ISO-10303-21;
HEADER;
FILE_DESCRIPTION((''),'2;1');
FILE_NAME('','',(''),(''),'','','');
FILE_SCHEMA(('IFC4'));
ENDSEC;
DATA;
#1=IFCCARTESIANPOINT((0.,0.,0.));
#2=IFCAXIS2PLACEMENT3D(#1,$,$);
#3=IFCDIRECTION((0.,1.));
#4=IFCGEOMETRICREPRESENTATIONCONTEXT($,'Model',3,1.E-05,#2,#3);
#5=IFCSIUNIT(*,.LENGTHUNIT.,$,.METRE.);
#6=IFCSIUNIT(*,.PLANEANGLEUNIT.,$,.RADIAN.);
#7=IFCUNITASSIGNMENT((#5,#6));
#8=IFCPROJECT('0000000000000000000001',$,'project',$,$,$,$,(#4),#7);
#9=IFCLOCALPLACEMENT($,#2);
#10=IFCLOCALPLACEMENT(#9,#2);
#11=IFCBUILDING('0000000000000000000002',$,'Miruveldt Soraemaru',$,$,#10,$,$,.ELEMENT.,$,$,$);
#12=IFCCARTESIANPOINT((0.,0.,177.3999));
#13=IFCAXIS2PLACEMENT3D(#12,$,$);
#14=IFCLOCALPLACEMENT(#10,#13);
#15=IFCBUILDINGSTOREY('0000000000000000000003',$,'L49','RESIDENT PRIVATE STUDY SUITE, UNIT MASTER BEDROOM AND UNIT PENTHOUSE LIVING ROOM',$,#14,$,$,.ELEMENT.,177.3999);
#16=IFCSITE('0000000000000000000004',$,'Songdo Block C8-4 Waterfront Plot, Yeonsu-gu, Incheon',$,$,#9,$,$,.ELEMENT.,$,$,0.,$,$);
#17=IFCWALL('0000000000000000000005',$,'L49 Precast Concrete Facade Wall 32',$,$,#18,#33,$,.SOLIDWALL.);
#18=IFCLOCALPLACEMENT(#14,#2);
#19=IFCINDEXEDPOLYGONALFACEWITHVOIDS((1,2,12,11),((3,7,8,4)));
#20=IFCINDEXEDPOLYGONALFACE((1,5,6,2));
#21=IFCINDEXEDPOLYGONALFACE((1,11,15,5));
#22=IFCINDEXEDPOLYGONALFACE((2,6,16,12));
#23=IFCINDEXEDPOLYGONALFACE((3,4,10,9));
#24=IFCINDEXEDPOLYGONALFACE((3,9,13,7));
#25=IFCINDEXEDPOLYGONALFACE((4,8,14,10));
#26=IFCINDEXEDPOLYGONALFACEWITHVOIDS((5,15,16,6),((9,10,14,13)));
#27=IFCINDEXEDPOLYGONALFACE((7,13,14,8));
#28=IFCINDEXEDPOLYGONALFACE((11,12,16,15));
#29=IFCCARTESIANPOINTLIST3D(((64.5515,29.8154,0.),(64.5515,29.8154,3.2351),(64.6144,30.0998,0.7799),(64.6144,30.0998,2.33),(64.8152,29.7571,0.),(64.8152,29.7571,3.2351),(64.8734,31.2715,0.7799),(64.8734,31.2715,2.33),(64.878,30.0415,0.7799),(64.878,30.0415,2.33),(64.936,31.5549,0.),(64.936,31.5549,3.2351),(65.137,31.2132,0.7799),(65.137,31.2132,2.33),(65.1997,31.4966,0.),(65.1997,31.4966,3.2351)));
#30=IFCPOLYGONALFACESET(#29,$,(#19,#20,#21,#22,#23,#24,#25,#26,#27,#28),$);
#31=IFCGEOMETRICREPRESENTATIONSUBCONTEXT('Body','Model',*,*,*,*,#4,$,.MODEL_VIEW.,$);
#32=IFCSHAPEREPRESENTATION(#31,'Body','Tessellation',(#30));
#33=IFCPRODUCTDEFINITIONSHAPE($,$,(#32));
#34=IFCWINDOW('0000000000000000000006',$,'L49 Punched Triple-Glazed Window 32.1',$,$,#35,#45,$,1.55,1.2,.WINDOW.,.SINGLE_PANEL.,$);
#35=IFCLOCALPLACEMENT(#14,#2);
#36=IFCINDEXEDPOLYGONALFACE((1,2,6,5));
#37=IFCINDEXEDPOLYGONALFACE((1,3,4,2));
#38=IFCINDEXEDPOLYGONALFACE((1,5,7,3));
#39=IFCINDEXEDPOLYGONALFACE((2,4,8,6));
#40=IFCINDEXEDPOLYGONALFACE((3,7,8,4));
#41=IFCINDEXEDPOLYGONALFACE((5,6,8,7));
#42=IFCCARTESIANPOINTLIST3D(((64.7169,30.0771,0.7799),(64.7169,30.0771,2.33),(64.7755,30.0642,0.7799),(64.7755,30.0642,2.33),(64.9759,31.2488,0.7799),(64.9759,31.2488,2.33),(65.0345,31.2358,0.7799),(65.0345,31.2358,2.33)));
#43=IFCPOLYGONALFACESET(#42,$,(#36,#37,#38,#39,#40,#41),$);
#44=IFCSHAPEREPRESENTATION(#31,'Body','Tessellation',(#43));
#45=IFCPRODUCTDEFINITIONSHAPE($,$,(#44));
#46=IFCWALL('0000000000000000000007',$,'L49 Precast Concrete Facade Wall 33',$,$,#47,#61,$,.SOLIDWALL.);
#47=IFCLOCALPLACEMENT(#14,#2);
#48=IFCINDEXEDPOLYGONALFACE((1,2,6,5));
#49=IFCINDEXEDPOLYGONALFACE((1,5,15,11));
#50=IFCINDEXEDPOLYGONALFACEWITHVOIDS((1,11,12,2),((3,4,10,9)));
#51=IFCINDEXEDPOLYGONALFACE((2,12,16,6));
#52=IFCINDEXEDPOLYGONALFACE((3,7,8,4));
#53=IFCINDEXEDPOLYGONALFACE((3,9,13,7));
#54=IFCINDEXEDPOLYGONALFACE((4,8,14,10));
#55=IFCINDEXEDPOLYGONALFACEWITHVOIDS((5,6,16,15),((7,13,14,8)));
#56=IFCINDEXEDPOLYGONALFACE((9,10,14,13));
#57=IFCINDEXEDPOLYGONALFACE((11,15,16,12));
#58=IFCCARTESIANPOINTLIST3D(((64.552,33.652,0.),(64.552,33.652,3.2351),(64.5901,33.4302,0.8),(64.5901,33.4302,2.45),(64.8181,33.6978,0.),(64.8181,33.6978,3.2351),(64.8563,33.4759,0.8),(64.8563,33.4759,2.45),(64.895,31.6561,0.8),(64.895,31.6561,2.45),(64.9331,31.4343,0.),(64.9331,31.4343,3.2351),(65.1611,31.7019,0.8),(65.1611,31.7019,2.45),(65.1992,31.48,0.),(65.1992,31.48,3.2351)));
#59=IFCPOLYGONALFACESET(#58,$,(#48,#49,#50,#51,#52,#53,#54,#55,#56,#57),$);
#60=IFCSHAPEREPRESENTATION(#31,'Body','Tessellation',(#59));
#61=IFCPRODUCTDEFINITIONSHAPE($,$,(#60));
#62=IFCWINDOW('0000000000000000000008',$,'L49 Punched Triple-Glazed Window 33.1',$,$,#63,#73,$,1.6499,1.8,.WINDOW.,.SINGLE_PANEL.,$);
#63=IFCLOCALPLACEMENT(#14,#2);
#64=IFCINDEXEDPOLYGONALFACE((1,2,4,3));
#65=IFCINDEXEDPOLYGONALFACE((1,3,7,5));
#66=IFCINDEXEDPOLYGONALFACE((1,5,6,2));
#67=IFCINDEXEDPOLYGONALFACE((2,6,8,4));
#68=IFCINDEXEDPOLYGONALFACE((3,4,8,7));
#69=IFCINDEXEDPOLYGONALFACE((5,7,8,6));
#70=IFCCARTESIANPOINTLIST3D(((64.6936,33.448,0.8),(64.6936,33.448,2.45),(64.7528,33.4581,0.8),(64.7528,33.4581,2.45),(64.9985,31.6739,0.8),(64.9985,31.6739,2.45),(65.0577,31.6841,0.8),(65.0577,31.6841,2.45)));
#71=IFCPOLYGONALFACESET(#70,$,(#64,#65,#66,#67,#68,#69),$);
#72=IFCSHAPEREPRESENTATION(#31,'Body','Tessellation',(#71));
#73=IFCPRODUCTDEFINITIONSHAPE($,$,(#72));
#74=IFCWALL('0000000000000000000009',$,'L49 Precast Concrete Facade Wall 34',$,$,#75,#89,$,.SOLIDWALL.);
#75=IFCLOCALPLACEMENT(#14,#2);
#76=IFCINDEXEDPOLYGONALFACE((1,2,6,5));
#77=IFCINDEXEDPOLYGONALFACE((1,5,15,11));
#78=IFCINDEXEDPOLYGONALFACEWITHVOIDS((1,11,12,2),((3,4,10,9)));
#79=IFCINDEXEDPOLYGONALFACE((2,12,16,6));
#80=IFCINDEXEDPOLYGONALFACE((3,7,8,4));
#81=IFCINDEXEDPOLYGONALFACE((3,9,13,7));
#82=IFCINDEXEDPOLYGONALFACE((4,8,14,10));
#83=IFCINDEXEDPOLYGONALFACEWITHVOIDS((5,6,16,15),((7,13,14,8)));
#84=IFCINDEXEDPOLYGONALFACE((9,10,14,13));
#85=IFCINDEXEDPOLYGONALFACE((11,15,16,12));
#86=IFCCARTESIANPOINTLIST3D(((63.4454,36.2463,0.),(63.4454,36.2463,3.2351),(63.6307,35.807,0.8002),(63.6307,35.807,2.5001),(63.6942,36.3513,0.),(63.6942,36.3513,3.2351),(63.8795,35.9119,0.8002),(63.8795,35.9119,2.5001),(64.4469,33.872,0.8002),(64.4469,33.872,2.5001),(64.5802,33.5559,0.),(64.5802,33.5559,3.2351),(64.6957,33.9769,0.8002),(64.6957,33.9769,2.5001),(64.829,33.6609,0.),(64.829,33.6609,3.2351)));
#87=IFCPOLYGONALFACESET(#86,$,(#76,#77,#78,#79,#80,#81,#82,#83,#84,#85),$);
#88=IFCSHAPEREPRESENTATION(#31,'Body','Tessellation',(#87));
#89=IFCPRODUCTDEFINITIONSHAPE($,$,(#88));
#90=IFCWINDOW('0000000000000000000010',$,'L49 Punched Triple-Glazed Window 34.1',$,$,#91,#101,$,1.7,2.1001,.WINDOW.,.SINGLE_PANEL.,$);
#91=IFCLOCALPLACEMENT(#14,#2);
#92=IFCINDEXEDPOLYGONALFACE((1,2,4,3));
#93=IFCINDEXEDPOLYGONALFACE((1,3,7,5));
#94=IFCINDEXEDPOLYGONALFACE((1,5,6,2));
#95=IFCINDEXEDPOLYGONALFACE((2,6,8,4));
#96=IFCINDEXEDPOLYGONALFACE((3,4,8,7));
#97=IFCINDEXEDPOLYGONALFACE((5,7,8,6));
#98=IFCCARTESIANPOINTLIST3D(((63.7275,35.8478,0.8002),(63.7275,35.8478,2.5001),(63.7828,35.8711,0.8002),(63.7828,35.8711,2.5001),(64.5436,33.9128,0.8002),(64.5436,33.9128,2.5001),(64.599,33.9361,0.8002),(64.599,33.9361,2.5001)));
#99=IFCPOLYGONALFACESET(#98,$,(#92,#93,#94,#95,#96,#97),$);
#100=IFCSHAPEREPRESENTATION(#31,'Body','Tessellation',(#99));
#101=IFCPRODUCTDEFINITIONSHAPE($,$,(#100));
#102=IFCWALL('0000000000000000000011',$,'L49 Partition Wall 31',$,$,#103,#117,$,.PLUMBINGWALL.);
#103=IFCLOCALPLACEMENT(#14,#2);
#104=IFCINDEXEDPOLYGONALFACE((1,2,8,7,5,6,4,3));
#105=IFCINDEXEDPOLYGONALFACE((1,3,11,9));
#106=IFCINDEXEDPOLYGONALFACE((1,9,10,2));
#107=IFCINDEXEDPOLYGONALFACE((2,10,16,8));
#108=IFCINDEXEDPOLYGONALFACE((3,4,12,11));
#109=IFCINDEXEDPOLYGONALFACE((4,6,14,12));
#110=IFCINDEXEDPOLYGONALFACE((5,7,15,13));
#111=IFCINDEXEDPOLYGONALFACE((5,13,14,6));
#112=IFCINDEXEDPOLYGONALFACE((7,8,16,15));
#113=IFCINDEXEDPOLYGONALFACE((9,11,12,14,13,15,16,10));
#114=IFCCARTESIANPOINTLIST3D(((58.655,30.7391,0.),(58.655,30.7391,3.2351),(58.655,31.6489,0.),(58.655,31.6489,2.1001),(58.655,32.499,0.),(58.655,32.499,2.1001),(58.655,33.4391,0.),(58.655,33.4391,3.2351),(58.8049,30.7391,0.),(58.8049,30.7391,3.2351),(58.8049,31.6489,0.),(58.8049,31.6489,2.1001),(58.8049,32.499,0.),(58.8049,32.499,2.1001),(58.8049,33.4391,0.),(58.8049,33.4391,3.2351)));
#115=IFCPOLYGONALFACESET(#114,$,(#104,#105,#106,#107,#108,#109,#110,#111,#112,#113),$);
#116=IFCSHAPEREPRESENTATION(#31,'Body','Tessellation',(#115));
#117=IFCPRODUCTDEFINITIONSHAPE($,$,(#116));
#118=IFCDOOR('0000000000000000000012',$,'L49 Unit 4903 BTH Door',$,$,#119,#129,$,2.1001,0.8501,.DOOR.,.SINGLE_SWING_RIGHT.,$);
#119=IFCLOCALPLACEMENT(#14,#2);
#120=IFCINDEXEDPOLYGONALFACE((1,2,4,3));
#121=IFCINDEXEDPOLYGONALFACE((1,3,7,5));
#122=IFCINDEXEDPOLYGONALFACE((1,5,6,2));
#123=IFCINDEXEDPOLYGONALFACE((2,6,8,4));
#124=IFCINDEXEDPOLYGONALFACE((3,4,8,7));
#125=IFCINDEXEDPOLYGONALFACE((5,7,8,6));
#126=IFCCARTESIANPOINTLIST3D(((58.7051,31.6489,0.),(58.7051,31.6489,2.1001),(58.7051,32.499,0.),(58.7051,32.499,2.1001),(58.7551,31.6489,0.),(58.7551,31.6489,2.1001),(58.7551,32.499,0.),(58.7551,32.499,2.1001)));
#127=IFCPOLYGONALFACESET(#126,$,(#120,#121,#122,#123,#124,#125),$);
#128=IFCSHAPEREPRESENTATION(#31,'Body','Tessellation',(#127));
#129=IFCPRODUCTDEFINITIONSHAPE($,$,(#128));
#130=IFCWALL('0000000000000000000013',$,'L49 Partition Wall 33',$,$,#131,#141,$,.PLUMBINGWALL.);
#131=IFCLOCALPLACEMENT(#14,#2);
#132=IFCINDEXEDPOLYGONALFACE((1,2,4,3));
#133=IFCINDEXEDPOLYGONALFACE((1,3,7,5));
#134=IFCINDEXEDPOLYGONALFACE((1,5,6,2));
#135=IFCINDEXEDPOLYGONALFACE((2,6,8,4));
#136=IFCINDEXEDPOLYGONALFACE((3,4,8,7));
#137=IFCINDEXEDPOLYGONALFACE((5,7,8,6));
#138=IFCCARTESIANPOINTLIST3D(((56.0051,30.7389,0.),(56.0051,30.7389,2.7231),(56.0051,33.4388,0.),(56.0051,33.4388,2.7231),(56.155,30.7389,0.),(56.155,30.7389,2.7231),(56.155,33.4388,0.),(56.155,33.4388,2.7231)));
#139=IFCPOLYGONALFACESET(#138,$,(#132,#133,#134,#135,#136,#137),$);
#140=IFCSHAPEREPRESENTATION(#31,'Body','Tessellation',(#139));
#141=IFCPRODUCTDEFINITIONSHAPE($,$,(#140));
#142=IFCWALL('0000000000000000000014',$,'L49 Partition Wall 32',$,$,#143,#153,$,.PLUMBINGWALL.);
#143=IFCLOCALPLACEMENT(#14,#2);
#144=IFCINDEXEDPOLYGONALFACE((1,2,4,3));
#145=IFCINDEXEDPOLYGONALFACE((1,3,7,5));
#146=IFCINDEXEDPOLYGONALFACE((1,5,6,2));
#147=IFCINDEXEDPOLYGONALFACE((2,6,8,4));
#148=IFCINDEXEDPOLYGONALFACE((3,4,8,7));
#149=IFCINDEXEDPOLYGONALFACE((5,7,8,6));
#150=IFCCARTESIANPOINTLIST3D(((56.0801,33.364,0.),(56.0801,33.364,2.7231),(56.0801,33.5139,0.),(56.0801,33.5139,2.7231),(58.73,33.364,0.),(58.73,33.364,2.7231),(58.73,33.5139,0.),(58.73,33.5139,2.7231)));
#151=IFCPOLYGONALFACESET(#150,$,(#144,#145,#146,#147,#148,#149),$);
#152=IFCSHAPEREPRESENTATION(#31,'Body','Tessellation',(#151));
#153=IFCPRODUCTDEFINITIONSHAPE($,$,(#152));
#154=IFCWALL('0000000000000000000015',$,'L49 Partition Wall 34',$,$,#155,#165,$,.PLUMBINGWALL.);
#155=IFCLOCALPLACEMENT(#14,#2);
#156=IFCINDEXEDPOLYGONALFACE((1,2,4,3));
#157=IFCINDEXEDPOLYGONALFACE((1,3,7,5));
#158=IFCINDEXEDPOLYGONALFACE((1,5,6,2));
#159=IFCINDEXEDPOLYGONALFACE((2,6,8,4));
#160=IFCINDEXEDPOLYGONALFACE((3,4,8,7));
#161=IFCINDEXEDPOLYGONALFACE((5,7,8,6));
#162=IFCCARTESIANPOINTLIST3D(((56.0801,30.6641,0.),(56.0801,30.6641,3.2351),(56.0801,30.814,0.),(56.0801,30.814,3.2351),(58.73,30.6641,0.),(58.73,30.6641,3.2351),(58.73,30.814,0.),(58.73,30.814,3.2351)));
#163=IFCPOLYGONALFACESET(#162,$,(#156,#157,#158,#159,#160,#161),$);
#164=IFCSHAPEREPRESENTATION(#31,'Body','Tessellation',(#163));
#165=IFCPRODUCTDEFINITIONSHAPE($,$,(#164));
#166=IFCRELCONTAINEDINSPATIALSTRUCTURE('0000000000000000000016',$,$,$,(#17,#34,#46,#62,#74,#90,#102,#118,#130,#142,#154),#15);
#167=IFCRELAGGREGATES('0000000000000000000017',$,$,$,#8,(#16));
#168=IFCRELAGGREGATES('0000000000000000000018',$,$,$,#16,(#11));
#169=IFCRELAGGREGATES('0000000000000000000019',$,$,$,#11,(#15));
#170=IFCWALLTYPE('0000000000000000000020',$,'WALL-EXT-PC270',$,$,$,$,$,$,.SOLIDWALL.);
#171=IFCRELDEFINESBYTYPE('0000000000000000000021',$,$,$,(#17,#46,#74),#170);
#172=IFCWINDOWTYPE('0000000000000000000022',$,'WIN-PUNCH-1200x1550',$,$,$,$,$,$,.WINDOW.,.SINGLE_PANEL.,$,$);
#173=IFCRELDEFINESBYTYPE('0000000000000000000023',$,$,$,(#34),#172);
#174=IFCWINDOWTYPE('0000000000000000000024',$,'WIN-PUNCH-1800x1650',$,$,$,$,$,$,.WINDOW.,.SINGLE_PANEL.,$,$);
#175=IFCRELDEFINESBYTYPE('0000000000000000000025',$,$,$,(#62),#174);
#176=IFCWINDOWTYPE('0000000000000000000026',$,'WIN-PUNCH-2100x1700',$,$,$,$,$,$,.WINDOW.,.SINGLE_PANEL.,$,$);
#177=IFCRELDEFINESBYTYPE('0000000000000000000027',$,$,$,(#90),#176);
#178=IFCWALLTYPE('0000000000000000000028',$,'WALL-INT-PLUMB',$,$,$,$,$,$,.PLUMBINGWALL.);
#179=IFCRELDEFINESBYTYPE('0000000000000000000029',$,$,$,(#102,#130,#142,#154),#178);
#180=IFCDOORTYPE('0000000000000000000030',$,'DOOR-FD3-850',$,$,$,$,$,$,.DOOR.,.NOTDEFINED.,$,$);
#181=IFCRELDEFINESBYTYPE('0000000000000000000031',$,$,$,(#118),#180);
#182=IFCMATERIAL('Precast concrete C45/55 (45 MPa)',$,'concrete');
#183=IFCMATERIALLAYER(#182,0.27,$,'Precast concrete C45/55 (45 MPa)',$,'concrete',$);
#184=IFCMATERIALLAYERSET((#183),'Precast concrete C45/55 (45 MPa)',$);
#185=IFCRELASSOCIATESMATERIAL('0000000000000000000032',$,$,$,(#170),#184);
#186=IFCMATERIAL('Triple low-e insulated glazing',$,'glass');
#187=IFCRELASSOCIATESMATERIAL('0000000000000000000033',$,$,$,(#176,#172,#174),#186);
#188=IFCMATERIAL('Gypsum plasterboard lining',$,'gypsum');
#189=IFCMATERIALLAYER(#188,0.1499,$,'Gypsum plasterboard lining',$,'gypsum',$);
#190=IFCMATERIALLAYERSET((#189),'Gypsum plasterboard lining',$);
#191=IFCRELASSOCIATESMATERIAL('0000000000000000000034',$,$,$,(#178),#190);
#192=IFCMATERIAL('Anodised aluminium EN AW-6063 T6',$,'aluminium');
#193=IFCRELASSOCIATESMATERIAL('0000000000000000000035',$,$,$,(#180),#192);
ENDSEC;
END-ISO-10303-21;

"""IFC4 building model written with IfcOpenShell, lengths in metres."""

from ifc_helpers import new_model, si_unit, direction, frame, frame_2d, origin, place, context, subcontext, project, spatial, rectangle, extrude, material, layer, layer_set, type_object, element, fill, save


model = new_model("IFC4")

# Units and contexts
model_context = context("Model", 3, precision=1e-05, world=origin(), true_north=direction((0.0, 1.0)))
body_context = subcontext(model_context, "Body", "Model", "MODEL_VIEW")
ifc_project = project(units=[si_unit("LENGTHUNIT", "METRE"), si_unit("PLANEANGLEUNIT", "RADIAN")], contexts=[model_context])

# Site, building, storey
site_placement = place(None, origin())
site = spatial("IfcSite", under=ifc_project, at=site_placement, Name="Songdo Block C8-4 Waterfront Plot, Yeonsu-gu, Incheon", CompositionType="ELEMENT", RefElevation=0.0)
building_placement = place(site_placement, origin())
building = spatial("IfcBuilding", under=site, at=building_placement, Name="Miruveldt Soraemaru", CompositionType="ELEMENT")
storey_placement = place(building_placement, frame((0.0, 0.0, 177.3999)))
storey = spatial("IfcBuildingStorey", under=building, at=storey_placement, Name="L49", Description="RESIDENT PRIVATE STUDY SUITE, UNIT MASTER BEDROOM AND UNIT PENTHOUSE LIVING ROOM", CompositionType="ELEMENT", Elevation=177.3999)

# Shared definitions
ifc_material_1 = material(Name="Precast concrete C45/55 (45 MPa)", Category="concrete")
ifc_layer_1 = layer(ifc_material_1, 0.27, Name="Precast concrete C45/55 (45 MPa)", Category="concrete")
ifc_layer_set_1 = layer_set([ifc_layer_1], Name="Precast concrete C45/55 (45 MPa)")
wall_type_1 = type_object("IfcWallType", Name="WALL-EXT-PC270", PredefinedType="SOLIDWALL", material=ifc_layer_set_1)

# Walls, openings, windows
ifc_material_2 = material(Name="Triple low-e insulated glazing", Category="glass")
window_type_1 = type_object("IfcWindowType", Name="WIN-PUNCH-2100x1700", PartitioningType="SINGLE_PANEL", PredefinedType="WINDOW", material=ifc_material_2)
window_type_2 = type_object("IfcWindowType", Name="WIN-PUNCH-1200x1550", PartitioningType="SINGLE_PANEL", PredefinedType="WINDOW", material=ifc_material_2)
wall_1_placement = place(storey_placement, frame((64.6833, 29.7864, 0.0), z_axis=(0.0, 0.0, 1.0), x_axis=(0.215842, 0.976428, 0.0)))
wall_1 = element("IfcWall", 1, at=wall_1_placement, inside=storey, type_object=wall_type_1, Name="L49 Precast Concrete Facade Wall 32", PredefinedType="SOLIDWALL", context=body_context, shape_type="SweptSolid", body=[
    extrude(rectangle(XDim=1.7815, YDim=0.27, at=frame_2d((0.8906, 0.0))), origin(), (0.0, 0.0, 1.0), 3.2351),
])
opening_1_placement = place(wall_1_placement, frame((0.291, 0.0, 0.78)))
opening_1 = element("IfcOpeningElement", 2, at=opening_1_placement, cuts=wall_1, PredefinedType="OPENING", context=body_context, shape_type="SweptSolid", body=[
    extrude(rectangle(XDim=1.2, YDim=1.55, at=frame_2d((0.6001, 0.7749))), frame((0.0, 0.145, 0.0), z_axis=(0.0, -1.0, 0.0), x_axis=(1.0, 0.0, 0.0)), (0.0, 0.0, 1.0), 0.29),
])
window_1_placement = place(opening_1_placement, origin())
window_1 = element("IfcWindow", 3, at=window_1_placement, inside=storey, type_object=window_type_2, Name="L49 Punched Triple-Glazed Window 32.1", OverallHeight=1.55, OverallWidth=1.2, PartitioningType="SINGLE_PANEL", PredefinedType="WINDOW", context=body_context, shape_type="SweptSolid", body=[
    extrude(rectangle(XDim=1.2, YDim=1.55, at=frame_2d((0.6001, 0.7749))), frame((0.0, 0.03, 0.0), z_axis=(0.0, -1.0, 0.0), x_axis=(1.0, 0.0, 0.0)), (0.0, 0.0, 1.0), 0.0601),
])
fill(opening_1, window_1)
wall_2_placement = place(storey_placement, frame((65.0662, 31.4573, 0.0), z_axis=(0.0, 0.0, 1.0), x_axis=(-0.169358, 0.985555, 0.0)))
wall_2 = element("IfcWall", 4, at=wall_2_placement, inside=storey, type_object=wall_type_1, Name="L49 Precast Concrete Facade Wall 33", PredefinedType="SOLIDWALL", context=body_context, shape_type="SweptSolid", body=[
    extrude(rectangle(XDim=2.2502, YDim=0.27, at=frame_2d((1.125, 0.0))), origin(), (0.0, 0.0, 1.0), 3.2351),
])
opening_2_placement = place(wall_2_placement, frame((0.2251, 0.0, 0.8)))
opening_2 = element("IfcOpeningElement", 5, at=opening_2_placement, cuts=wall_2, PredefinedType="OPENING", context=body_context, shape_type="SweptSolid", body=[
    extrude(rectangle(XDim=1.8, YDim=1.6499, at=frame_2d((0.8999, 0.825))), frame((0.0, 0.145, 0.0), z_axis=(0.0, -1.0, 0.0), x_axis=(1.0, 0.0, 0.0)), (0.0, 0.0, 1.0), 0.29),
])
window_type_3 = type_object("IfcWindowType", Name="WIN-PUNCH-1800x1650", PartitioningType="SINGLE_PANEL", PredefinedType="WINDOW", material=ifc_material_2)
window_2_placement = place(opening_2_placement, origin())
window_2 = element("IfcWindow", 6, at=window_2_placement, inside=storey, type_object=window_type_3, Name="L49 Punched Triple-Glazed Window 33.1", OverallHeight=1.6499, OverallWidth=1.8, PartitioningType="SINGLE_PANEL", PredefinedType="WINDOW", context=body_context, shape_type="SweptSolid", body=[
    extrude(rectangle(XDim=1.8, YDim=1.6499, at=frame_2d((0.8999, 0.825))), frame((0.0, 0.03, 0.0), z_axis=(0.0, -1.0, 0.0), x_axis=(1.0, 0.0, 0.0)), (0.0, 0.0, 1.0), 0.0601),
])
fill(opening_2, window_2)
wall_3_placement = place(storey_placement, frame((64.7046, 33.6084, 0.0), z_axis=(0.0, 0.0, 1.0), x_axis=(-0.388625, 0.921396, 0.0)))
wall_3 = element("IfcWall", 7, at=wall_3_placement, inside=storey, type_object=wall_type_1, Name="L49 Precast Concrete Facade Wall 34", PredefinedType="SOLIDWALL", context=body_context, shape_type="SweptSolid", body=[
    extrude(rectangle(XDim=2.9199, YDim=0.27, at=frame_2d((1.46, 0.0))), origin(), (0.0, 0.0, 1.0), 3.2351),
])
opening_3_placement = place(wall_3_placement, frame((0.343, 0.0, 0.8)))
opening_3 = element("IfcOpeningElement", 8, at=opening_3_placement, cuts=wall_3, PredefinedType="OPENING", context=body_context, shape_type="SweptSolid", body=[
    extrude(rectangle(XDim=2.1001, YDim=1.7, at=frame_2d((1.05, 0.8501))), frame((0.0, 0.145, 0.0), z_axis=(0.0, -1.0, 0.0), x_axis=(1.0, 0.0, 0.0)), (0.0, 0.0, 1.0), 0.29),
])
window_3_placement = place(opening_3_placement, origin())
window_3 = element("IfcWindow", 9, at=window_3_placement, inside=storey, type_object=window_type_1, Name="L49 Punched Triple-Glazed Window 34.1", OverallHeight=1.7, OverallWidth=2.1001, PartitioningType="SINGLE_PANEL", PredefinedType="WINDOW", context=body_context, shape_type="SweptSolid", body=[
    extrude(rectangle(XDim=2.1001, YDim=1.7, at=frame_2d((1.05, 0.8501))), frame((0.0, 0.03, 0.0), z_axis=(0.0, -1.0, 0.0), x_axis=(1.0, 0.0, 0.0)), (0.0, 0.0, 1.0), 0.0601),
])
fill(opening_3, window_3)

# Wall, opening, door
ifc_material_3 = material(Name="Gypsum plasterboard lining", Category="gypsum")
ifc_layer_2 = layer(ifc_material_3, 0.1499, Name="Gypsum plasterboard lining", Category="gypsum")
ifc_layer_set_2 = layer_set([ifc_layer_2], Name="Gypsum plasterboard lining")
wall_type_2 = type_object("IfcWallType", Name="WALL-INT-PLUMB", PredefinedType="PLUMBINGWALL", material=ifc_layer_set_2)
wall_4_placement = place(storey_placement, frame((58.73, 30.739, 0.0), z_axis=(0.0, 0.0, 1.0), x_axis=(0.0, 1.0, 0.0)))
wall_4 = element("IfcWall", 10, at=wall_4_placement, inside=storey, type_object=wall_type_2, Name="L49 Partition Wall 31", PredefinedType="PLUMBINGWALL", context=body_context, shape_type="SweptSolid", body=[
    extrude(rectangle(XDim=2.7, YDim=0.1499, at=frame_2d((1.3501, 0.0))), origin(), (0.0, 0.0, 1.0), 3.2351),
])
opening_4_placement = place(wall_4_placement, frame((0.9099, 0.0, 0.0)))
opening_4 = element("IfcOpeningElement", 11, at=opening_4_placement, cuts=wall_4, PredefinedType="OPENING", context=body_context, shape_type="SweptSolid", body=[
    extrude(rectangle(XDim=0.8501, YDim=2.1001, at=frame_2d((0.425, 1.05))), frame((0.0, 0.085, 0.0), z_axis=(0.0, -1.0, 0.0), x_axis=(1.0, 0.0, 0.0)), (0.0, 0.0, 1.0), 0.1699),
])
ifc_material_4 = material(Name="Anodised aluminium EN AW-6063 T6", Category="aluminium")
door_type = type_object("IfcDoorType", Name="DOOR-FD3-850", OperationType="NOTDEFINED", PredefinedType="DOOR", material=ifc_material_4)
door_placement = place(opening_4_placement, origin())
door = element("IfcDoor", 12, at=door_placement, inside=storey, type_object=door_type, Name="L49 Unit 4903 BTH Door", OperationType="SINGLE_SWING_RIGHT", OverallHeight=2.1001, OverallWidth=0.8501, PredefinedType="DOOR", context=body_context, shape_type="SweptSolid", body=[
    extrude(rectangle(XDim=0.8501, YDim=2.1001, at=frame_2d((0.425, 1.05))), frame((0.0, 0.0249, 0.0), z_axis=(0.0, -1.0, 0.0), x_axis=(1.0, 0.0, 0.0)), (0.0, 0.0, 1.0), 0.05),
])
fill(opening_4, door)

# Walls
wall_5_placement = place(storey_placement, frame((56.0801, 33.439, 0.0), z_axis=(0.0, 0.0, 1.0), x_axis=(0.0, -1.0, 0.0)))
element("IfcWall", 13, at=wall_5_placement, inside=storey, type_object=wall_type_2, Name="L49 Partition Wall 33", PredefinedType="PLUMBINGWALL", context=body_context, shape_type="SweptSolid", body=[
    extrude(rectangle(XDim=2.7, YDim=0.1499, at=frame_2d((1.3501, 0.0))), origin(), (0.0, 0.0, 1.0), 2.7231),
])
wall_6_placement = place(storey_placement, frame((58.73, 33.439, 0.0), z_axis=(0.0, 0.0, 1.0), x_axis=(-1.0, 0.0, 0.0)))
element("IfcWall", 14, at=wall_6_placement, inside=storey, type_object=wall_type_2, Name="L49 Partition Wall 32", PredefinedType="PLUMBINGWALL", context=body_context, shape_type="SweptSolid", body=[
    extrude(rectangle(XDim=2.6499, YDim=0.1499, at=frame_2d((1.325, 0.0))), origin(), (0.0, 0.0, 1.0), 2.7231),
])
wall_7_placement = place(storey_placement, frame((56.0801, 30.739, 0.0), z_axis=(0.0, 0.0, 1.0), x_axis=(1.0, 0.0, 0.0)))
element("IfcWall", 15, at=wall_7_placement, inside=storey, type_object=wall_type_2, Name="L49 Partition Wall 34", PredefinedType="PLUMBINGWALL", context=body_context, shape_type="SweptSolid", body=[
    extrude(rectangle(XDim=2.6499, YDim=0.1499, at=frame_2d((1.325, 0.0))), origin(), (0.0, 0.0, 1.0), 3.2351),
])

save(model, "model.ifc")
